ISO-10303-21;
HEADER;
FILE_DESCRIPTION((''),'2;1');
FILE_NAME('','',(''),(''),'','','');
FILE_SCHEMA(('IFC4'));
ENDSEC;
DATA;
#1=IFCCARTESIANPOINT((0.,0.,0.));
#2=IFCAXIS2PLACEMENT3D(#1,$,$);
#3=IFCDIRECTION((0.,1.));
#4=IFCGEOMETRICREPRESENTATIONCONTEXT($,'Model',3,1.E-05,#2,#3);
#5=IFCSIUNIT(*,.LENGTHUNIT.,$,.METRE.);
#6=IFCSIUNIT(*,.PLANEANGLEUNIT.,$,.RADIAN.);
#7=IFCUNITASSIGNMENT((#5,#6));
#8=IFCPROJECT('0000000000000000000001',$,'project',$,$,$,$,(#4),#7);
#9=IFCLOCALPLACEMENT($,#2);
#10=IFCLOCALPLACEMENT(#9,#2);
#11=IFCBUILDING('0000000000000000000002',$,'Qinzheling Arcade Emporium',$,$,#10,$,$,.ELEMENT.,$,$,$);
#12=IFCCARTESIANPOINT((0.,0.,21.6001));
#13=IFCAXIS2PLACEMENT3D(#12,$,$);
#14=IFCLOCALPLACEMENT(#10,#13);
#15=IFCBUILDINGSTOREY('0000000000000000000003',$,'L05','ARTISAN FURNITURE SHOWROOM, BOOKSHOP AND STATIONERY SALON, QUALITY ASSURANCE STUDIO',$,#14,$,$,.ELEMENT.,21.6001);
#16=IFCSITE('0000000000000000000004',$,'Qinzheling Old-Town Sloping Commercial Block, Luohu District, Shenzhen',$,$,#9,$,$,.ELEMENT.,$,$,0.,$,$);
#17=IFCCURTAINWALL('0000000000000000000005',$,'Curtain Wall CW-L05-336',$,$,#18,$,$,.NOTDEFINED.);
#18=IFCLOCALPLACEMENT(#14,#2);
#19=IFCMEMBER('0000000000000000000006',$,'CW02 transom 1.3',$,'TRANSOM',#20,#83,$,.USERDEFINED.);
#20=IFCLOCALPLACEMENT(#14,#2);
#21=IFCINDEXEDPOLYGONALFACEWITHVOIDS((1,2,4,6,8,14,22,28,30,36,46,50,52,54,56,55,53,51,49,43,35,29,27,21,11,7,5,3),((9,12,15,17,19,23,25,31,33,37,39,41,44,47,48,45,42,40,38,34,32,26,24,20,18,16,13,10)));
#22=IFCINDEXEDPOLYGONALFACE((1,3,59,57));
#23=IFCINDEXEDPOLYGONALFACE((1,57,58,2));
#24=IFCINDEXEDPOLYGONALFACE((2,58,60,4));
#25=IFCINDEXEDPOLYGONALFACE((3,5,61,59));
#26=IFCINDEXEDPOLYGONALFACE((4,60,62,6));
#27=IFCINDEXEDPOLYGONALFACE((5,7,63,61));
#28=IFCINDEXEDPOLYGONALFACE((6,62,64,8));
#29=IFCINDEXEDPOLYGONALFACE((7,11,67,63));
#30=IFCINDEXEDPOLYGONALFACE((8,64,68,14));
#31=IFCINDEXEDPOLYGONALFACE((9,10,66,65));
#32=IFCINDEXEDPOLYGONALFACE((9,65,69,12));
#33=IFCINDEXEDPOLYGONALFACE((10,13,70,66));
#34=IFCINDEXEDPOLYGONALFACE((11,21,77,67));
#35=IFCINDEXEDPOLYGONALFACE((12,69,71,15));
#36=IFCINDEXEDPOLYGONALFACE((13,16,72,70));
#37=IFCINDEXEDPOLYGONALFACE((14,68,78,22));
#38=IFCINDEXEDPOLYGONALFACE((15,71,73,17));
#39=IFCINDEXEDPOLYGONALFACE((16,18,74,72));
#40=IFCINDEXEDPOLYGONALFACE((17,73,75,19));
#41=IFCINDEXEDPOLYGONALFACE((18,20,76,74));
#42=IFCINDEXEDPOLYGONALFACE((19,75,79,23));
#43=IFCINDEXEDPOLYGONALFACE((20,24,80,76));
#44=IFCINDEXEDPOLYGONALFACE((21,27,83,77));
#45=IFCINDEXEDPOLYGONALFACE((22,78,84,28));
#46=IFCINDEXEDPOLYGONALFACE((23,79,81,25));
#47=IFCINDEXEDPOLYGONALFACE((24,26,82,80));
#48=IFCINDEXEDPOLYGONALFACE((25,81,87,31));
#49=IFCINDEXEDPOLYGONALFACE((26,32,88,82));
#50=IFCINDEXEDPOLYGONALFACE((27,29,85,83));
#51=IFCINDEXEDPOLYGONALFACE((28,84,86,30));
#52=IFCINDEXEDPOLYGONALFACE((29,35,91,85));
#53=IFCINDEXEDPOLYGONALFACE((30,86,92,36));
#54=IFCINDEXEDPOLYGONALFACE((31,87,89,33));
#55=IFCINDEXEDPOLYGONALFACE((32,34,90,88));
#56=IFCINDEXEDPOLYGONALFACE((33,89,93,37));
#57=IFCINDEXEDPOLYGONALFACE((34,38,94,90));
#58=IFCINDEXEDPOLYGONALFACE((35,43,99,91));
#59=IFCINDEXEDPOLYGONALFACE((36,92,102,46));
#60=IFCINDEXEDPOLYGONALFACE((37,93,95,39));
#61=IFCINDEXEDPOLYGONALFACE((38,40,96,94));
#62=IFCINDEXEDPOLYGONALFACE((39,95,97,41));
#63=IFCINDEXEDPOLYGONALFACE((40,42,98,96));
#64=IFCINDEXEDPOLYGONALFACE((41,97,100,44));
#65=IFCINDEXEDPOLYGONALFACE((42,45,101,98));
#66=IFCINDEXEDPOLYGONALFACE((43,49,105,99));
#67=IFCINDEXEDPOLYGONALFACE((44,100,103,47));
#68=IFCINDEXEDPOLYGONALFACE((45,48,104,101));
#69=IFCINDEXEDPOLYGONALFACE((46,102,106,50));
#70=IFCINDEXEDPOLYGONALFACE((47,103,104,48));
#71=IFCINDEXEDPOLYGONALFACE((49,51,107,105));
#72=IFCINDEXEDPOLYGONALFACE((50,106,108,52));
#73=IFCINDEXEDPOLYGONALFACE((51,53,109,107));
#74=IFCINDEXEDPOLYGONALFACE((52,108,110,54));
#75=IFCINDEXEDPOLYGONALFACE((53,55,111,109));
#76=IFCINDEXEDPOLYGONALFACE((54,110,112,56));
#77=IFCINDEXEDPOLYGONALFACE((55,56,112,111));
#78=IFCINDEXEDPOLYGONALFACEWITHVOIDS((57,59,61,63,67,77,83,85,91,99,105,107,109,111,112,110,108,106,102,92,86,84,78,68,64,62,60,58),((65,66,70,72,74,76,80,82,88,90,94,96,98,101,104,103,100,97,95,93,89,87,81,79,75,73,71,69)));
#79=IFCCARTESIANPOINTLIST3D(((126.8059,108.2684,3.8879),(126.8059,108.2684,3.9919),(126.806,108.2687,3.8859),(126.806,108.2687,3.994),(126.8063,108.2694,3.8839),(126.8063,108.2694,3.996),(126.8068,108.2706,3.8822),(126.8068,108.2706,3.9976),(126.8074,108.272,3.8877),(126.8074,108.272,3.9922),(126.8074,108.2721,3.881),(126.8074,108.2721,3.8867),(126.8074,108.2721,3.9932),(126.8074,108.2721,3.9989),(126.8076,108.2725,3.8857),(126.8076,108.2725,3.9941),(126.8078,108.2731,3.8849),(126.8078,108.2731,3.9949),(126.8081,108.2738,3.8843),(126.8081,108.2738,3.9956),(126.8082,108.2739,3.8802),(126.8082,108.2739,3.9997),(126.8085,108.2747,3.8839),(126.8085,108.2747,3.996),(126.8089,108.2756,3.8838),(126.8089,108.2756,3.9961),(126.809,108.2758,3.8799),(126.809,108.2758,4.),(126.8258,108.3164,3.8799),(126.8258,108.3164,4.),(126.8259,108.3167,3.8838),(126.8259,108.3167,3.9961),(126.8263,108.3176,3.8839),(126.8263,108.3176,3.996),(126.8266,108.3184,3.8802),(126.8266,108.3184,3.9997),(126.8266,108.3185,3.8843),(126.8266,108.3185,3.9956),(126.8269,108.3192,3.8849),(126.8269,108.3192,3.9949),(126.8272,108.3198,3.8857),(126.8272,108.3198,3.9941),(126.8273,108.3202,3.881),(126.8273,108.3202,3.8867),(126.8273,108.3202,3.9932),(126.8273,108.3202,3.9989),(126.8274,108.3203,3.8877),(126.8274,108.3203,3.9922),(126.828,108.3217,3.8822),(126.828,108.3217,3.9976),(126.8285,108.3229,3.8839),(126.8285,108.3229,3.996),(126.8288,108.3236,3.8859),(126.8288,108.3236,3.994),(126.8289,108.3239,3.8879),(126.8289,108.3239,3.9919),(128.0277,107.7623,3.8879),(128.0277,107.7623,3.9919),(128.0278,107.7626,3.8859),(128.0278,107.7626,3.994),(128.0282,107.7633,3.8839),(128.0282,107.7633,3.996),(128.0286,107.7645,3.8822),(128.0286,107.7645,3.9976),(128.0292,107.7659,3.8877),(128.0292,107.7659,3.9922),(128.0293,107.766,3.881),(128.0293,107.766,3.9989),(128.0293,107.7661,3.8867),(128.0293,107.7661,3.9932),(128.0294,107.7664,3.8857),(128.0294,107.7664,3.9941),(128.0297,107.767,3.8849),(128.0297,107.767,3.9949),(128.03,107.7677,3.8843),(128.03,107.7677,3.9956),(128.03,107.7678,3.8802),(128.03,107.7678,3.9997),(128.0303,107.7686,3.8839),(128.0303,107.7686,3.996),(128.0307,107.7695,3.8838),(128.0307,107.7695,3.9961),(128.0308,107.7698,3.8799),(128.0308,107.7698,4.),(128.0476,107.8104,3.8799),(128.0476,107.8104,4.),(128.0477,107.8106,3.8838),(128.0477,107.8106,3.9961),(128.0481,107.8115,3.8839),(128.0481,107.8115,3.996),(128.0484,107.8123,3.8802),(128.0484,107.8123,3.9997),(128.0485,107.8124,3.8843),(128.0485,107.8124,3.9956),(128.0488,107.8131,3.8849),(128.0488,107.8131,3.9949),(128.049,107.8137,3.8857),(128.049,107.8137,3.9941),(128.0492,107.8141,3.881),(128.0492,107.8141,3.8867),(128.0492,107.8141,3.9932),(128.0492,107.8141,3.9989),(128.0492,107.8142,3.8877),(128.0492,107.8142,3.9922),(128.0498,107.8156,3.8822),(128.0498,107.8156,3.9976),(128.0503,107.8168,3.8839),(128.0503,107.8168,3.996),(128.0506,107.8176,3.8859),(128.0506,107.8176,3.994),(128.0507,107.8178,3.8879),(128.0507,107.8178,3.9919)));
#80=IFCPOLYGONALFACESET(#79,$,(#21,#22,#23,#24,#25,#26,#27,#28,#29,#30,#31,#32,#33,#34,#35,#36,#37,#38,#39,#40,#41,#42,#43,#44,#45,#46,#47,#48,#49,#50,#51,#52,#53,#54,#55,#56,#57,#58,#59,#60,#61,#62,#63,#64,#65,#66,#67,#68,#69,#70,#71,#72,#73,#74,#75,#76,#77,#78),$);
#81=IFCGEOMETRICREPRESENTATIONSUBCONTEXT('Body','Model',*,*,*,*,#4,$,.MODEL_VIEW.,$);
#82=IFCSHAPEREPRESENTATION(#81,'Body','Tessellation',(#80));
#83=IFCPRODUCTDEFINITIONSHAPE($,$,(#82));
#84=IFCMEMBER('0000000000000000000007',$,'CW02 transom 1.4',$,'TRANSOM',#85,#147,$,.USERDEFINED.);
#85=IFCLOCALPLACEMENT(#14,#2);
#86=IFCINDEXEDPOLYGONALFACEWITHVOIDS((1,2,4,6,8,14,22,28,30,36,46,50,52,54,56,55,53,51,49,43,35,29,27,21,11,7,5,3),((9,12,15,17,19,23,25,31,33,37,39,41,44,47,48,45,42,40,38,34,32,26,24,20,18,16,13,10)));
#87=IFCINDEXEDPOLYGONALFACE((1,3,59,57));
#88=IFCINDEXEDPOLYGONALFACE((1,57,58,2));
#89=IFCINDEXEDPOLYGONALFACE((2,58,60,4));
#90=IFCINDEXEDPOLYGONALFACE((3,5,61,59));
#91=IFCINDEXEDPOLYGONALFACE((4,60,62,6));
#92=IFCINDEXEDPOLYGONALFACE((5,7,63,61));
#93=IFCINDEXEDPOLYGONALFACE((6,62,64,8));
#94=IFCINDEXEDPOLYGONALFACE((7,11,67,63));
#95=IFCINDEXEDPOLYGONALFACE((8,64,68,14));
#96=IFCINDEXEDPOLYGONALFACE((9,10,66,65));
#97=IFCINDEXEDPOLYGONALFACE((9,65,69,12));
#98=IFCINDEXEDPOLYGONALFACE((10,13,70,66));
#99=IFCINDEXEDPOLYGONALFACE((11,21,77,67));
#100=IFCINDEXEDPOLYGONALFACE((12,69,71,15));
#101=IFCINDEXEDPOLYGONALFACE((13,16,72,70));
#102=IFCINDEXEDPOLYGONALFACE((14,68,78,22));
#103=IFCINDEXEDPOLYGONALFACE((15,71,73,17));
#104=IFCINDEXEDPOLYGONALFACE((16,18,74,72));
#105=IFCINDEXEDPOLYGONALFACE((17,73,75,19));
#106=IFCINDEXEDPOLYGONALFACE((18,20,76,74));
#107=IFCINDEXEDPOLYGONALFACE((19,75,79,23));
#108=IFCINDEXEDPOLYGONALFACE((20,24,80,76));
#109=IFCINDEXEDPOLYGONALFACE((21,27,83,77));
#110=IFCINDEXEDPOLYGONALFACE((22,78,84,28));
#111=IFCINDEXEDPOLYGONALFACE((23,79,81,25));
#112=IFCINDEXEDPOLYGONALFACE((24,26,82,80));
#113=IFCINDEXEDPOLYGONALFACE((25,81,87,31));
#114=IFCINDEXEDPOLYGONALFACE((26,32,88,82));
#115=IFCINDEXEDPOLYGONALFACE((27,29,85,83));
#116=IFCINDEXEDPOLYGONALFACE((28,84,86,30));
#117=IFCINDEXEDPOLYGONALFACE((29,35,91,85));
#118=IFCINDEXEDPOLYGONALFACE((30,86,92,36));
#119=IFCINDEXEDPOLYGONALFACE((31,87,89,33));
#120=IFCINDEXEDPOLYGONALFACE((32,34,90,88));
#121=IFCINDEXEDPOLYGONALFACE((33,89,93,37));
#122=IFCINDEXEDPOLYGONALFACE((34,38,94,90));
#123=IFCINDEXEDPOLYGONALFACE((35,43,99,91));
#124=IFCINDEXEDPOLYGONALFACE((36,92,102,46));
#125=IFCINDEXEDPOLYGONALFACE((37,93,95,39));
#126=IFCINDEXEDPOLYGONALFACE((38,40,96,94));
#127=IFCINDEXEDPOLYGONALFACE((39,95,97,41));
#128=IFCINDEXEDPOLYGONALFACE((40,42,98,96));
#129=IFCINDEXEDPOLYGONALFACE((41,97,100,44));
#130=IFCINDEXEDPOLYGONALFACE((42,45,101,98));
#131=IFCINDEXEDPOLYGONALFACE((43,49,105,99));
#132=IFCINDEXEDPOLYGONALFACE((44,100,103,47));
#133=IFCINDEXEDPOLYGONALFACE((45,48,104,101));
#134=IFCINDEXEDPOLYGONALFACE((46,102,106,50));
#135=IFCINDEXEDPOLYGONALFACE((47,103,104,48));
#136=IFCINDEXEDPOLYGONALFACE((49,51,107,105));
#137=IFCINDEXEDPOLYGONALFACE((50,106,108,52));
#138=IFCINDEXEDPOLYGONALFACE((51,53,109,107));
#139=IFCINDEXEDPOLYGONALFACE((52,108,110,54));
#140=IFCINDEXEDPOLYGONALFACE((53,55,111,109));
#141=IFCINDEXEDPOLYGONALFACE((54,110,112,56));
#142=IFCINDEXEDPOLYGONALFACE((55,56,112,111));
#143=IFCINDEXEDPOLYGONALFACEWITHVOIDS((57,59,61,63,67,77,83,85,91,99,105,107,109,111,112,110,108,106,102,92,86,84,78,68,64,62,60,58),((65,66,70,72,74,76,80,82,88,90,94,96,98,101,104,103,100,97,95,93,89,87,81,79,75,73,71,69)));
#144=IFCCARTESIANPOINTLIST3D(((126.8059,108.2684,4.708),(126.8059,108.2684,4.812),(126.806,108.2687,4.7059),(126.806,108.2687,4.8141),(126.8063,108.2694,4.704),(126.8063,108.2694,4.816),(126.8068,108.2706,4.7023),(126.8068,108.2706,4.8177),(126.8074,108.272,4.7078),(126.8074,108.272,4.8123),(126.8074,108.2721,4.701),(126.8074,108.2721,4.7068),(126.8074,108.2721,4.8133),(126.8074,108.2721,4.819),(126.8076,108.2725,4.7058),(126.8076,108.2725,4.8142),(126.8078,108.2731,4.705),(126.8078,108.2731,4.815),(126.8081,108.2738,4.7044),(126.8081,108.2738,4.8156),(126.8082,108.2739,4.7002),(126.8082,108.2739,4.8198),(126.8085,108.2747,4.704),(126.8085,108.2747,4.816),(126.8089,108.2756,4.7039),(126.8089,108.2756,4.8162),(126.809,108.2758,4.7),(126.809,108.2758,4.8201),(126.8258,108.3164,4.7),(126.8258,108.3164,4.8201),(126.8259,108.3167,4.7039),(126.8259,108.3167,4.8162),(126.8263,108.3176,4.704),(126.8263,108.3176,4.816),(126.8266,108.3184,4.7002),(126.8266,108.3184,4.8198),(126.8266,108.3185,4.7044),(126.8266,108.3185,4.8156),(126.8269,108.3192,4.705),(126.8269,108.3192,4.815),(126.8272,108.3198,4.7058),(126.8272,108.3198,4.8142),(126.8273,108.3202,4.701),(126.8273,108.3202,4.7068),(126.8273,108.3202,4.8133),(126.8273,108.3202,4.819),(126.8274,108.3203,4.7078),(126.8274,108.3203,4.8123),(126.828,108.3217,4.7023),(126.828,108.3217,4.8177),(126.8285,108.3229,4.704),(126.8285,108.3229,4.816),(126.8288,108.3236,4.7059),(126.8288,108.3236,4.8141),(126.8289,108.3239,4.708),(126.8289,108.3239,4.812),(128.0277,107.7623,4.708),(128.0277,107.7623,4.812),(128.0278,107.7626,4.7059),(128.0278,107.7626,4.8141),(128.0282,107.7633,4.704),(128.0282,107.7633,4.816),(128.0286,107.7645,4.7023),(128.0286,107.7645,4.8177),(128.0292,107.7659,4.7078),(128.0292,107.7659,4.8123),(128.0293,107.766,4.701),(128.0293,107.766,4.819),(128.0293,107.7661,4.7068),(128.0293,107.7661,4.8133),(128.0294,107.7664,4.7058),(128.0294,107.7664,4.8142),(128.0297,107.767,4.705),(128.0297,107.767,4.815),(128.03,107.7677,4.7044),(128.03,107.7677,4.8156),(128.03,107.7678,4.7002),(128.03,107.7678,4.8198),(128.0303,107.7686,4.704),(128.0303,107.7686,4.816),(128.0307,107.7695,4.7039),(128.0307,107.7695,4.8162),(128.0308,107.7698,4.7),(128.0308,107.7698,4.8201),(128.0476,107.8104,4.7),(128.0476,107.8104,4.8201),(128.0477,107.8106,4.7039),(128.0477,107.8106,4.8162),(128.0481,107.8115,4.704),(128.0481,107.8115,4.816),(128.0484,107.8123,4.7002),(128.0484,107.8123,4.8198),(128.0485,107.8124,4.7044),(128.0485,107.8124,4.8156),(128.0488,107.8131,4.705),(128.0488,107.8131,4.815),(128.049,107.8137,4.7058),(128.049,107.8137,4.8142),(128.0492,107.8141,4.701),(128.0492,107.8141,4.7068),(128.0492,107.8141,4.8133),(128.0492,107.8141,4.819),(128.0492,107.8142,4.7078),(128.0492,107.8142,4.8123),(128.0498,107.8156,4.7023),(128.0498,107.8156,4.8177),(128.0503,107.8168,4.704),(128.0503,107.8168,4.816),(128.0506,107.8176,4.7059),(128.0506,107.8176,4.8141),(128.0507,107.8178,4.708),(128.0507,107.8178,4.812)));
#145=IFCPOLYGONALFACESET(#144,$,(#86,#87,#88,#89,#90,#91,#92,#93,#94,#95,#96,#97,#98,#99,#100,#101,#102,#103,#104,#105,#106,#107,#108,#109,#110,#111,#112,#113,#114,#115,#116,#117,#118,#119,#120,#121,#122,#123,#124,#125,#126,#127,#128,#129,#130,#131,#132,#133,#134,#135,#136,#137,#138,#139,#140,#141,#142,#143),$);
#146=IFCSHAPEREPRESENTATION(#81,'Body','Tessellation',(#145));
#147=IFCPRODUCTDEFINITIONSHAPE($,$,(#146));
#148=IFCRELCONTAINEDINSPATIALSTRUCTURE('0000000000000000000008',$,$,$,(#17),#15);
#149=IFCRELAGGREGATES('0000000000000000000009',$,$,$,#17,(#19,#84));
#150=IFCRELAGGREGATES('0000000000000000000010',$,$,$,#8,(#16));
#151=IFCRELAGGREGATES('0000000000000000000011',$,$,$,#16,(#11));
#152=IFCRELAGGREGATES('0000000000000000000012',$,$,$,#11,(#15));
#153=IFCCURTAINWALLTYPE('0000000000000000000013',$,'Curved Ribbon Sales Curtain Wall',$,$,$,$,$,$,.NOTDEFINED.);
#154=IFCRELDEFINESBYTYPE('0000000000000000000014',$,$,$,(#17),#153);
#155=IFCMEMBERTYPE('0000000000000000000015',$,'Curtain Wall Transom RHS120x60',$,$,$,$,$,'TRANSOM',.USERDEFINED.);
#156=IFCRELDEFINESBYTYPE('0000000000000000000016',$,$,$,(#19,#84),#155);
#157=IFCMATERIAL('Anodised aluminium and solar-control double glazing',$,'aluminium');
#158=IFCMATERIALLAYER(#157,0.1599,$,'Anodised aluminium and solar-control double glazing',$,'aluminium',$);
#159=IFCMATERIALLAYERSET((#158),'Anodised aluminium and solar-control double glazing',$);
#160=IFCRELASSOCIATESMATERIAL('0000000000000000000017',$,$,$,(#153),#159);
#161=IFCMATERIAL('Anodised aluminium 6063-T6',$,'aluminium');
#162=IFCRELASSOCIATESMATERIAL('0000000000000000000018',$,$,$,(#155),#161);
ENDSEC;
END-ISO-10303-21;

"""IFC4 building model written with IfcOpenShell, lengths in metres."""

from ifc_helpers import new_model, si_unit, direction, frame, origin, origin_2d, place, context, subcontext, project, spatial, hollow_rectangle, extrude, material, layer, layer_set, material_profile, profile_set, type_object, element, aggregate, save


model = new_model("IFC4")

# Units and contexts
model_context = context("Model", 3, precision=1e-05, world=origin(), true_north=direction((0.0, 1.0)))
body_context = subcontext(model_context, "Body", "Model", "MODEL_VIEW")
ifc_project = project(units=[si_unit("LENGTHUNIT", "METRE"), si_unit("PLANEANGLEUNIT", "RADIAN")], contexts=[model_context])

# Site, building, storey
site_placement = place(None, origin())
site = spatial("IfcSite", under=ifc_project, at=site_placement, Name="Qinzheling Old-Town Sloping Commercial Block, Luohu District, Shenzhen", CompositionType="ELEMENT", RefElevation=0.0)
building_placement = place(site_placement, origin())
building = spatial("IfcBuilding", under=site, at=building_placement, Name="Qinzheling Arcade Emporium", CompositionType="ELEMENT")
storey_placement = place(building_placement, frame((0.0, 0.0, 21.6001)))
storey = spatial("IfcBuildingStorey", under=building, at=storey_placement, Name="L05", Description="ARTISAN FURNITURE SHOWROOM, BOOKSHOP AND STATIONERY SALON, QUALITY ASSURANCE STUDIO", CompositionType="ELEMENT", Elevation=21.6001)

# Shared definitions
ifc_material_1 = material(Name="Anodised aluminium and solar-control double glazing", Category="aluminium")
ifc_layer_1 = layer(ifc_material_1, 0.1599, Name="Anodised aluminium and solar-control double glazing", Category="aluminium")
ifc_layer_set_1 = layer_set([ifc_layer_1], Name="Anodised aluminium and solar-control double glazing")
curtain_wall_type = type_object("IfcCurtainWallType", Name="Curved Ribbon Sales Curtain Wall", PredefinedType="NOTDEFINED", material=ifc_layer_set_1)
ifc_material_2 = material(Name="Anodised aluminium 6063-T6", Category="aluminium")

# Curtain wall
curtain_wall_1_placement = place(storey_placement, origin())
curtain_wall_1 = element("IfcCurtainWall", 1, at=curtain_wall_1_placement, inside=storey, type_object=curtain_wall_type, Name="Curtain Wall CW-L05-336", PredefinedType="NOTDEFINED")

# Members
ifc_material_profile_1 = material_profile(ifc_material_2, hollow_rectangle(XDim=0.0601, YDim=0.1201, WallThickness=0.0039, InnerFilletRadius=0.0039, OuterFilletRadius=0.0081, at=origin_2d()), Name="RHS 120x60x4", Category="aluminium")
ifc_profile_set_1 = profile_set([ifc_material_profile_1], Name="Anodised aluminium 6063-T6")
member_type_1 = type_object("IfcMemberType", Name="Curtain Wall Transom RHS120x60", ElementType="TRANSOM", PredefinedType="USERDEFINED", material=ifc_profile_set_1)
member_1_placement = place(storey_placement, frame((126.8174, 108.2961, 3.9399), z_axis=(0.923889, -0.382662, 0.0), x_axis=(0.382662, 0.923889, 0.0)))
member_1 = element("IfcMember", 2, at=member_1_placement, type_object=member_type_1, Name="CW02 transom 1.3", ObjectType="TRANSOM", PredefinedType="USERDEFINED", context=body_context, shape_type="SweptSolid", body=[
    extrude(hollow_rectangle(XDim=0.0601, YDim=0.1201, WallThickness=0.0039, InnerFilletRadius=0.0039, OuterFilletRadius=0.0081, at=origin_2d()), origin(), (0.0, 0.0, 1.0), 1.3225),
])
member_2_placement = place(storey_placement, frame((126.8174, 108.2961, 4.76), z_axis=(0.923889, -0.382662, 0.0), x_axis=(0.382662, 0.923889, 0.0)))
member_2 = element("IfcMember", 3, at=member_2_placement, type_object=member_type_1, Name="CW02 transom 1.4", ObjectType="TRANSOM", PredefinedType="USERDEFINED", context=body_context, shape_type="SweptSolid", body=[
    extrude(hollow_rectangle(XDim=0.0601, YDim=0.1201, WallThickness=0.0039, InnerFilletRadius=0.0039, OuterFilletRadius=0.0081, at=origin_2d()), origin(), (0.0, 0.0, 1.0), 1.3225),
])

aggregate(curtain_wall_1, [member_1, member_2])

save(model, "model.ifc")
